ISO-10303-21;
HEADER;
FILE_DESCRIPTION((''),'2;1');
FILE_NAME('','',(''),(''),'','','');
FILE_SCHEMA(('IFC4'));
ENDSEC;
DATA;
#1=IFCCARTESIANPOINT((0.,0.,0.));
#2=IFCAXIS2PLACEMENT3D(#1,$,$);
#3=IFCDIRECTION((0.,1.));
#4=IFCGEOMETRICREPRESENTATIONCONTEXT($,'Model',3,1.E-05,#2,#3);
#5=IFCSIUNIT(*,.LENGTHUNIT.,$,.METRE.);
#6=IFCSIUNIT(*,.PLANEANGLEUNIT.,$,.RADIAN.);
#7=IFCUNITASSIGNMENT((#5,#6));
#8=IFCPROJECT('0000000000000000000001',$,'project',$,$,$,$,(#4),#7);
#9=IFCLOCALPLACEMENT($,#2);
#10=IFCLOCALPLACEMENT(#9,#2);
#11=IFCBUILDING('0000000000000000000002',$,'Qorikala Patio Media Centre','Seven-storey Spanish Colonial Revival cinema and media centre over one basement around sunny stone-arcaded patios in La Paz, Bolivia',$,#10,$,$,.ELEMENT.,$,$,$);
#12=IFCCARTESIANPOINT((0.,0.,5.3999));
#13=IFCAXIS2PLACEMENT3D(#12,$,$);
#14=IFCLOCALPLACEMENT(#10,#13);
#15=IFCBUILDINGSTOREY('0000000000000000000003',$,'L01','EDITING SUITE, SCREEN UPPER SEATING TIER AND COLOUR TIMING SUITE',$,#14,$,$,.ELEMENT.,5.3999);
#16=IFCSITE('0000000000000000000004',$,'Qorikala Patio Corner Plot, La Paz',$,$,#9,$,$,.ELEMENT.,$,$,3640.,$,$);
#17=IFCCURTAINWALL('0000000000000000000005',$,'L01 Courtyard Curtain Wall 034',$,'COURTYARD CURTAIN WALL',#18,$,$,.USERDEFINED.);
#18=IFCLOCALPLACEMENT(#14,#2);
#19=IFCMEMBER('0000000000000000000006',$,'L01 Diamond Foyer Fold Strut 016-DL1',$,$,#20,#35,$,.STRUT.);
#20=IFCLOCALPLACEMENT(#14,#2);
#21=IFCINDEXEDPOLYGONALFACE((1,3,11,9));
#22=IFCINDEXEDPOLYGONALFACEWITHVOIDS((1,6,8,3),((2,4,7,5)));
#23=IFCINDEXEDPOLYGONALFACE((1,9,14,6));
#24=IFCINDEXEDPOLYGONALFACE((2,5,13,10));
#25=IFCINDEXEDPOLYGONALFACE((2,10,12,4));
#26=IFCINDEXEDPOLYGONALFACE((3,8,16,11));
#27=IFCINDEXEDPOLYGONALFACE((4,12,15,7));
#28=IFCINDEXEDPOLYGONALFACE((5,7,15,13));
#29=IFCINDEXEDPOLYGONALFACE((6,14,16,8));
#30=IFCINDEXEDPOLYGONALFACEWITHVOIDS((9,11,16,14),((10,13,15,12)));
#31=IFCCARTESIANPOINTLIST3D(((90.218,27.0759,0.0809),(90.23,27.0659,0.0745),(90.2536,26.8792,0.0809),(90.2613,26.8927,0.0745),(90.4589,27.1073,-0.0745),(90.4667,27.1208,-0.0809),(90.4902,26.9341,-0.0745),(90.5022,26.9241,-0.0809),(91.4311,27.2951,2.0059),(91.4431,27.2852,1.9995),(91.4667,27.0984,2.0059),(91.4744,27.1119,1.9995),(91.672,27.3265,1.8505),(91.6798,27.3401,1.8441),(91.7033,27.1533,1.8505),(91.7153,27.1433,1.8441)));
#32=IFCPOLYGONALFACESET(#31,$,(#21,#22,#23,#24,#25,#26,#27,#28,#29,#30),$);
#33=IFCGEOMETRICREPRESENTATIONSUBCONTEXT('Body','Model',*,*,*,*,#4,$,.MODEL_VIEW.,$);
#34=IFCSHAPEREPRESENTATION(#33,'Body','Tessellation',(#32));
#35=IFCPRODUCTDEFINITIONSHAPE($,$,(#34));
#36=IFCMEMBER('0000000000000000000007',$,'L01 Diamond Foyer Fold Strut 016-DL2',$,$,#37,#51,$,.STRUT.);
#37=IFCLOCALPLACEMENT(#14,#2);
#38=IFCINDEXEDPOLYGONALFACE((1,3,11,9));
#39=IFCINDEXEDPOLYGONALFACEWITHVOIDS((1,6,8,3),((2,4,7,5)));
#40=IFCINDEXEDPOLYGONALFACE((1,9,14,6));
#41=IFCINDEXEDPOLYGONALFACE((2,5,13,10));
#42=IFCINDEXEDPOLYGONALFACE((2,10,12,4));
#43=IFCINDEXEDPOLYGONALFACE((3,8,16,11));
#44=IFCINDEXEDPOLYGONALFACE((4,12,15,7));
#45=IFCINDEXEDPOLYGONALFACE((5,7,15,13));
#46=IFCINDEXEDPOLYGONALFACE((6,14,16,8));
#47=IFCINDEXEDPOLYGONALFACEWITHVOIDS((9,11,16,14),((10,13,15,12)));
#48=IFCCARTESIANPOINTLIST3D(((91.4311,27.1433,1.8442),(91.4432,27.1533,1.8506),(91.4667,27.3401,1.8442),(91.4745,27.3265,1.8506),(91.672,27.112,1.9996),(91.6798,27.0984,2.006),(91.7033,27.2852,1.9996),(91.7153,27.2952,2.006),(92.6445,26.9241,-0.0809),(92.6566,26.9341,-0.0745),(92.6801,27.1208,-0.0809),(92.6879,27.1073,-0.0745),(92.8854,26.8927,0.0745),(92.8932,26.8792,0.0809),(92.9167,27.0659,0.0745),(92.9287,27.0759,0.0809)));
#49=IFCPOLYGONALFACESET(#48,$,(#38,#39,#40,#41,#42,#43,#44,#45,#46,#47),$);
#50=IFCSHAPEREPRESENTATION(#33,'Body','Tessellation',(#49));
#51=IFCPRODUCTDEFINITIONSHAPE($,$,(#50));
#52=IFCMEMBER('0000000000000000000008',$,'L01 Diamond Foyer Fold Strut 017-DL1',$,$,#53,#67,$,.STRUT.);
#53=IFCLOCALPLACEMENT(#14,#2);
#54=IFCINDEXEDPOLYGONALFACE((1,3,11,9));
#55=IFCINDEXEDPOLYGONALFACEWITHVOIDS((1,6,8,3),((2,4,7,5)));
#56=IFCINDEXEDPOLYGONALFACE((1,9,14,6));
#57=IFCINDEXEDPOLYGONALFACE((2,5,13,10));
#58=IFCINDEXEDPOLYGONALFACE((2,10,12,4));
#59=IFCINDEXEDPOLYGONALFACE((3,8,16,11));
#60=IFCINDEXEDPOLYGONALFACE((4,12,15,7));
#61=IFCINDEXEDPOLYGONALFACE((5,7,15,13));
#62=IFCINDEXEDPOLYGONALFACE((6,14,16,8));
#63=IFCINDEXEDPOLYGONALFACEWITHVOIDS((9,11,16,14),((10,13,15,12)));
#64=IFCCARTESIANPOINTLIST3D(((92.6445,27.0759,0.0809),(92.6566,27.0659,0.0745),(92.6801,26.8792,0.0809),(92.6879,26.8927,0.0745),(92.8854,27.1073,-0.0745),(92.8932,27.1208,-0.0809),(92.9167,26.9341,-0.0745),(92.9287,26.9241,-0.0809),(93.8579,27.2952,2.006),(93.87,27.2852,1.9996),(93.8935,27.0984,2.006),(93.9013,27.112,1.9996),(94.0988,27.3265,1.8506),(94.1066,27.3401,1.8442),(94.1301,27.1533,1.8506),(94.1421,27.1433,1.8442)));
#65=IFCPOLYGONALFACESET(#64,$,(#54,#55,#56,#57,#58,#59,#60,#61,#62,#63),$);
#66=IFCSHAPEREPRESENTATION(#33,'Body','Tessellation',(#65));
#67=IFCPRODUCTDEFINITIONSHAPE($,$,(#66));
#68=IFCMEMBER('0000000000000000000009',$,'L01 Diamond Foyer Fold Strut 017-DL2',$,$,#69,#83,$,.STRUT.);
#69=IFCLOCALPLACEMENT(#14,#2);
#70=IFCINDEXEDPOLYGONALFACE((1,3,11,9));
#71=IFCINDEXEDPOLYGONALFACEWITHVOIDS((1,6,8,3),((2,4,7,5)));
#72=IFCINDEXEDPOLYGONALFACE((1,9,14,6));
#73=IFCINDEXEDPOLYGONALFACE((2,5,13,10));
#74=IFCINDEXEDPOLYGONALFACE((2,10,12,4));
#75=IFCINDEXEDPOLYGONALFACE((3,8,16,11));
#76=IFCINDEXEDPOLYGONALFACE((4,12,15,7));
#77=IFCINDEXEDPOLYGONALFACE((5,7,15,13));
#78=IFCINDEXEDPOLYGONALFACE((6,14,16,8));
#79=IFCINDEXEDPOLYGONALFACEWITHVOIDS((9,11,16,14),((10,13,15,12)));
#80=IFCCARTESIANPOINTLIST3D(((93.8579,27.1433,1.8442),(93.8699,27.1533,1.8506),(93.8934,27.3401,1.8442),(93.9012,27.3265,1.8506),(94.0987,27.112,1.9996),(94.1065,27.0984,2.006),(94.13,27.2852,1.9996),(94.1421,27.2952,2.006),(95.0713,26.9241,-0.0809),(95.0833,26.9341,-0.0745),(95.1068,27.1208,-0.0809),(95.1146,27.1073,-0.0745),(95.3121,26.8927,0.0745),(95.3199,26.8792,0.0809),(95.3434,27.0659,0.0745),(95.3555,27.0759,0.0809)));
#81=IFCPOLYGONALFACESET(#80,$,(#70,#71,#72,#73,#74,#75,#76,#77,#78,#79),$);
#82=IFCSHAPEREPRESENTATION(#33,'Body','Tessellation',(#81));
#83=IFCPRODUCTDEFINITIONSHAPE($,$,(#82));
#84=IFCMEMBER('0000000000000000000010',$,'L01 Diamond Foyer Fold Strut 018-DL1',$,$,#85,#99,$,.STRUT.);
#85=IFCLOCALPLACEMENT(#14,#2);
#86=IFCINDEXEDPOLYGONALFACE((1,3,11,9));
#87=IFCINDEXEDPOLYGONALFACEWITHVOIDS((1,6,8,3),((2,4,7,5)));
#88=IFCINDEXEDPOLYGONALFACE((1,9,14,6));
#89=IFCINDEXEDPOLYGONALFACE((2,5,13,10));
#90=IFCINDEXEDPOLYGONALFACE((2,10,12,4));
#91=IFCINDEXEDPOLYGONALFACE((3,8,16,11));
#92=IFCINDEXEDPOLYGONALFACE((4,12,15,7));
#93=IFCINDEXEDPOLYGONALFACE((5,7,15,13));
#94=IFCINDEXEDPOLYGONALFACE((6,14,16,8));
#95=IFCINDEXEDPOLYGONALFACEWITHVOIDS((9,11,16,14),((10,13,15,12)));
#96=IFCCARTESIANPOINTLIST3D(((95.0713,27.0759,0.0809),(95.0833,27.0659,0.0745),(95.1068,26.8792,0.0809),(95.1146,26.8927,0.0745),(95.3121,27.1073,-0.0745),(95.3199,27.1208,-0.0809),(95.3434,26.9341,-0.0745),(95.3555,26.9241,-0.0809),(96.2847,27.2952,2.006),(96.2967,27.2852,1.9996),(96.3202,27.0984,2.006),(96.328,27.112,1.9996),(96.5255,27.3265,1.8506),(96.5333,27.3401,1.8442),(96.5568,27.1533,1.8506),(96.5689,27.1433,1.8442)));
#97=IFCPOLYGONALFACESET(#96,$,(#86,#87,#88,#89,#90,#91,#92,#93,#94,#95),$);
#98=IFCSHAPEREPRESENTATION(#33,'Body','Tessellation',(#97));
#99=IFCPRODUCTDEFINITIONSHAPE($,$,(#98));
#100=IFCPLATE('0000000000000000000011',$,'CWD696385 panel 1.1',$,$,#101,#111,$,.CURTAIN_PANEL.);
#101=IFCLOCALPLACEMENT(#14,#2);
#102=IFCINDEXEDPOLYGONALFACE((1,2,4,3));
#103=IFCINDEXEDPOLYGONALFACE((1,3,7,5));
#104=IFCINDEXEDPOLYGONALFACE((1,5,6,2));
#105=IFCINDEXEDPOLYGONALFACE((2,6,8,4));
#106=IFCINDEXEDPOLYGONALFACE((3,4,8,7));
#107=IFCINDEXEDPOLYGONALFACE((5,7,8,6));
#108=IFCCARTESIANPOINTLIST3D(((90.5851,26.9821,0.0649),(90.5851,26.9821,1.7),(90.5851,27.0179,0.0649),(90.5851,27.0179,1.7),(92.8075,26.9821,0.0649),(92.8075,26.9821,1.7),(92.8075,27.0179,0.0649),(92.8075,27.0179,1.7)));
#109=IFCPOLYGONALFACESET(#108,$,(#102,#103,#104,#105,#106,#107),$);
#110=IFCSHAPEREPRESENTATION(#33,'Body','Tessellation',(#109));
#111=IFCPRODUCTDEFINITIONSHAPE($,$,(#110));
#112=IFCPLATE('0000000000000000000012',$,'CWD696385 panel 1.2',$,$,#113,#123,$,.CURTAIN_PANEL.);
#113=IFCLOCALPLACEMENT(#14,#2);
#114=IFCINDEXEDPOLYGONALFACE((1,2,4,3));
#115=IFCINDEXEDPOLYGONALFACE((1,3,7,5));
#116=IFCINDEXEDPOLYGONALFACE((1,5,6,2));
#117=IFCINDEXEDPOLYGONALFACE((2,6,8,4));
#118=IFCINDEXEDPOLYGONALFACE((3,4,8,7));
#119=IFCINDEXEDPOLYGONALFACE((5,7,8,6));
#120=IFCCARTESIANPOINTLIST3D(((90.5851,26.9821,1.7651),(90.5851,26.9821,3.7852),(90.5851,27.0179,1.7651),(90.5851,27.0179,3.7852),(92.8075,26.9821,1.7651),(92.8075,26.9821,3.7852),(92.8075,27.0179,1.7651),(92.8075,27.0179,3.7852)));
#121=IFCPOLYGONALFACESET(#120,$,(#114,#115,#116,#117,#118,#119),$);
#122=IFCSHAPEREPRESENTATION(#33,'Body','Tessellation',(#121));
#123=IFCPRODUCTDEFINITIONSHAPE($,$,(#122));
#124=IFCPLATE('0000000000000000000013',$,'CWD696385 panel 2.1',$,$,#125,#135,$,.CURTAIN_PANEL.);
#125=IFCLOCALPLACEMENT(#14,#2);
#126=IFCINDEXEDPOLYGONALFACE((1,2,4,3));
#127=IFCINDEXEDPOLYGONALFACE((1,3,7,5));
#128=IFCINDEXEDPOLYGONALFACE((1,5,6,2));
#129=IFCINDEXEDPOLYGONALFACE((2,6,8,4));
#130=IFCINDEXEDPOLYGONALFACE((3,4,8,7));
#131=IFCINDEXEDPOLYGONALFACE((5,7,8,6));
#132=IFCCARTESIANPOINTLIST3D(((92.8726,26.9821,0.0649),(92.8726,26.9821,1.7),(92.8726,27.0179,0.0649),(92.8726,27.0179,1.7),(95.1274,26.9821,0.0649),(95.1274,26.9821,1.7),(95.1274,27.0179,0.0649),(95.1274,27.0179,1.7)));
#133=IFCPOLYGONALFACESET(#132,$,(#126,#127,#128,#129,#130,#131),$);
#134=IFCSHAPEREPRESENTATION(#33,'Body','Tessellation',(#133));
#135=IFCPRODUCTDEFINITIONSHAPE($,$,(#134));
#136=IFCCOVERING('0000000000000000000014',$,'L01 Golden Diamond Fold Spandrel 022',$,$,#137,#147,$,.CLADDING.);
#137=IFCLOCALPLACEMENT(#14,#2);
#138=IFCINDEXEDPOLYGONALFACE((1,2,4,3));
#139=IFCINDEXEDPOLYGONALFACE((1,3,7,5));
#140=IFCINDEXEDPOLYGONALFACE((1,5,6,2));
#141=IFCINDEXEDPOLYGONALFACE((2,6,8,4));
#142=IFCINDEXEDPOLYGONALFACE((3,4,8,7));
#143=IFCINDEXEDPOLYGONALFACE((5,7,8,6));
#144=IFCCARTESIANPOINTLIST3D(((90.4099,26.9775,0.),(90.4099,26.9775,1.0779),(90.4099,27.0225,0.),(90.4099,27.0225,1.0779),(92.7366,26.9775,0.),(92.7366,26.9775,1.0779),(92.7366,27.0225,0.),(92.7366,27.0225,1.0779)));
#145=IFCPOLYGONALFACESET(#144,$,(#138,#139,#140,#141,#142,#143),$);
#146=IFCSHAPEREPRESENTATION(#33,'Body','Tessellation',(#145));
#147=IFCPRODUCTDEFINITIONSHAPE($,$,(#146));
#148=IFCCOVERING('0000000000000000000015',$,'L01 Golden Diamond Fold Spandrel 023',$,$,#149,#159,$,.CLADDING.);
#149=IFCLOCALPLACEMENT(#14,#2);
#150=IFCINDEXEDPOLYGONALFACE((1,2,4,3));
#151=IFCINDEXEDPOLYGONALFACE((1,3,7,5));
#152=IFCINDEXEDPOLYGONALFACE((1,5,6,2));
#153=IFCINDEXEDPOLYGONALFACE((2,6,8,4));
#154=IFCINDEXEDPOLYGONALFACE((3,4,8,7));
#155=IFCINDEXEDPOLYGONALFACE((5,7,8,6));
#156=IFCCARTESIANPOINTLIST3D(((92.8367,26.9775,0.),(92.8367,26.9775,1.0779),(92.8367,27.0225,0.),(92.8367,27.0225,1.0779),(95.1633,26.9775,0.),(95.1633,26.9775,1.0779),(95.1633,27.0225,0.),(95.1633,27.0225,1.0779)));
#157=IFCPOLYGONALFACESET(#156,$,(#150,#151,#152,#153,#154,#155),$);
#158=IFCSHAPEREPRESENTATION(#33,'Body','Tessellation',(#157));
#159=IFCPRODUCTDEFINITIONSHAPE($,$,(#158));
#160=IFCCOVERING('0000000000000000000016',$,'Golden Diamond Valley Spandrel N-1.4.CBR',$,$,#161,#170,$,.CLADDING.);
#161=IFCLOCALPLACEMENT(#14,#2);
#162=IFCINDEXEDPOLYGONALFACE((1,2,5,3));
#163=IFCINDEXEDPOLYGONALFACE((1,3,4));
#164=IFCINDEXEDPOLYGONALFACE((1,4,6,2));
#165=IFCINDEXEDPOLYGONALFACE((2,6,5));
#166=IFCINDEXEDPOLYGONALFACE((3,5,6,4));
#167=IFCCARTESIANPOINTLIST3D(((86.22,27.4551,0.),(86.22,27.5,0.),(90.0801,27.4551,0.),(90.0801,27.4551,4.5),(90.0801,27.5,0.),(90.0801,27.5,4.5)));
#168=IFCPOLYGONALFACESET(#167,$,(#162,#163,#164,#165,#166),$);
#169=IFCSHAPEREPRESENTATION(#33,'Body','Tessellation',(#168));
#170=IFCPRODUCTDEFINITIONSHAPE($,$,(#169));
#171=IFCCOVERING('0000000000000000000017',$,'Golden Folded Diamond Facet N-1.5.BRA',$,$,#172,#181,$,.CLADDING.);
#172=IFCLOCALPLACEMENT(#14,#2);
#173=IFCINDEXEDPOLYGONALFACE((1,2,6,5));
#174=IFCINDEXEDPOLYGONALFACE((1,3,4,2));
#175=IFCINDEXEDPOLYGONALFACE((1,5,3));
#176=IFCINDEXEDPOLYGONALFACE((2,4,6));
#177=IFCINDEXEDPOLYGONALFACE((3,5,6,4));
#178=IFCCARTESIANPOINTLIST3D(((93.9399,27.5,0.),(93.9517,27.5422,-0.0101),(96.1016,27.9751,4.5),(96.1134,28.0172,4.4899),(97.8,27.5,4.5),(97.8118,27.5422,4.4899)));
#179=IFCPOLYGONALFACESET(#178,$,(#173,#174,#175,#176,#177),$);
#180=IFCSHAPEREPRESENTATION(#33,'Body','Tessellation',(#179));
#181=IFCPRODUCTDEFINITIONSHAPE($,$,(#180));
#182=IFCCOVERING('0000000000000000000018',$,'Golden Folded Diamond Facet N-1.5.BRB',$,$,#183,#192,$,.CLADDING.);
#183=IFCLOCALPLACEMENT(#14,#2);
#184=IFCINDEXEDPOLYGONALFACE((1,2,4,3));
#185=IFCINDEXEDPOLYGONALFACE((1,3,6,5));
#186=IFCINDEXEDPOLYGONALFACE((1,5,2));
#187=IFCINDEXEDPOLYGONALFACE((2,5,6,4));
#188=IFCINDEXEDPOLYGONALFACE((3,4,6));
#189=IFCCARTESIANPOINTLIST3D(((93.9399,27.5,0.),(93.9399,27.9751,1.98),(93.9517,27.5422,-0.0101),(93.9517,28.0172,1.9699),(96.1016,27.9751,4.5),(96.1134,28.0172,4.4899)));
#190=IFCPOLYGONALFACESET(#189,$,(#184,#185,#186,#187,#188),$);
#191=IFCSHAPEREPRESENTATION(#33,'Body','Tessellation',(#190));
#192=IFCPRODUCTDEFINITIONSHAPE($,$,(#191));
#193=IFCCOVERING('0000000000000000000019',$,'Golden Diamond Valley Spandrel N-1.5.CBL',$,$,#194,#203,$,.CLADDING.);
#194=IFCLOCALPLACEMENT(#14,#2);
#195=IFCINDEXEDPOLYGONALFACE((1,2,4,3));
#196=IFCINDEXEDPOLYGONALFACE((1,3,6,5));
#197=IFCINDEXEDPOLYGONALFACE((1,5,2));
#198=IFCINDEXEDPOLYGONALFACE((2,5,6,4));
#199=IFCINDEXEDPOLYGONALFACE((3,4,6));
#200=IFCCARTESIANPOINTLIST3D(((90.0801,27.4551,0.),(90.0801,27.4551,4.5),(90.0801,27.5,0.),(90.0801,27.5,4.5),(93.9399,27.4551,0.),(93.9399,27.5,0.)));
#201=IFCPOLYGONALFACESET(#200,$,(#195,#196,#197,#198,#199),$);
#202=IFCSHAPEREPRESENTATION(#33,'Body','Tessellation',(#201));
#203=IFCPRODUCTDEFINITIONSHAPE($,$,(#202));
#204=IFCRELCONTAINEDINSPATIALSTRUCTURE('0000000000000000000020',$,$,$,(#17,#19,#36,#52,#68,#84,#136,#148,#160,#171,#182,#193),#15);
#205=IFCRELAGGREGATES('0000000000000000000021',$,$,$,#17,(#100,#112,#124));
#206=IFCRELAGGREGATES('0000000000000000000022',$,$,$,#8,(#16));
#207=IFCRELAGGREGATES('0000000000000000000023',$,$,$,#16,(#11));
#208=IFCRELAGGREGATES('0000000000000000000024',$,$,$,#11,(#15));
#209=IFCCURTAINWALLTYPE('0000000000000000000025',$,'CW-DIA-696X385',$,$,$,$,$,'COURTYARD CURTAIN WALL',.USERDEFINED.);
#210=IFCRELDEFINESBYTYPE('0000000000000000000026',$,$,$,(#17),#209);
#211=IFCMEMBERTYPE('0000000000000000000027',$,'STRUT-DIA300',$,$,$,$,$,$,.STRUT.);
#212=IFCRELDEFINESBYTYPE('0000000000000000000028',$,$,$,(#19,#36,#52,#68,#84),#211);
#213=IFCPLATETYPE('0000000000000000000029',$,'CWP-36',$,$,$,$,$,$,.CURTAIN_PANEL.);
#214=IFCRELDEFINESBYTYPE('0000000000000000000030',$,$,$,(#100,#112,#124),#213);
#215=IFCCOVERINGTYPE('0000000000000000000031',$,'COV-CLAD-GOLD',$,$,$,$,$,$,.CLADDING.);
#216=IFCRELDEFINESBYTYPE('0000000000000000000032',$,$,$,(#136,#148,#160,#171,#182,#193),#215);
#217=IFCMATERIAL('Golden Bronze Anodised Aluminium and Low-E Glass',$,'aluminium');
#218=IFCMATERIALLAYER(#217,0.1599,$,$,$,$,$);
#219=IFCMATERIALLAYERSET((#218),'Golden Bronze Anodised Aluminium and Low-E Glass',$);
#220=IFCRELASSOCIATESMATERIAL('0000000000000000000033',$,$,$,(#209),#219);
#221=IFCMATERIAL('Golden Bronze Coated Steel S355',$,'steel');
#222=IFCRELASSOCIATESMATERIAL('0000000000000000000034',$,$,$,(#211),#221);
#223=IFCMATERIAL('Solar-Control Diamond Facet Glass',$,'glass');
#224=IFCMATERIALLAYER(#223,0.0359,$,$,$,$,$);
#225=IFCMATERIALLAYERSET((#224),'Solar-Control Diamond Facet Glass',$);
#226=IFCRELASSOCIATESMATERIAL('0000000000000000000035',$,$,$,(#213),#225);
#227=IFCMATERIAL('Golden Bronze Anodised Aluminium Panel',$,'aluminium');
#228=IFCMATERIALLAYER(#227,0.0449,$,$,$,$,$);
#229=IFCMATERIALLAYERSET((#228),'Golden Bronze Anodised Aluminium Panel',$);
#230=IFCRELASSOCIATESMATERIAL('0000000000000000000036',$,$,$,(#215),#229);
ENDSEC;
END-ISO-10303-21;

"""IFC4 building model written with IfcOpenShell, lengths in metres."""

from ifc_helpers import new_model, si_unit, direction, frame, origin, origin_2d, place, context, subcontext, project, spatial, polyline, rectangle, hollow_rectangle, outline, extrude, material, layer, layer_set, material_profile, profile_set, type_object, element, aggregate, save


model = new_model("IFC4")

# Units and contexts
model_context = context("Model", 3, precision=1e-05, world=origin(), true_north=direction((0.0, 1.0)))
body_context = subcontext(model_context, "Body", "Model", "MODEL_VIEW")
ifc_project = project(units=[si_unit("LENGTHUNIT", "METRE"), si_unit("PLANEANGLEUNIT", "RADIAN")], contexts=[model_context])

# Site, building, storey
site_placement = place(None, origin())
site = spatial("IfcSite", under=ifc_project, at=site_placement, Name="Qorikala Patio Corner Plot, La Paz", CompositionType="ELEMENT", RefElevation=3640.0)
building_placement = place(site_placement, origin())
building = spatial("IfcBuilding", under=site, at=building_placement, Name="Qorikala Patio Media Centre", Description="Seven-storey Spanish Colonial Revival cinema and media centre over one basement around sunny stone-arcaded patios in La Paz, Bolivia", CompositionType="ELEMENT")
storey_placement = place(building_placement, frame((0.0, 0.0, 5.3999)))
storey = spatial("IfcBuildingStorey", under=building, at=storey_placement, Name="L01", Description="EDITING SUITE, SCREEN UPPER SEATING TIER AND COLOUR TIMING SUITE", CompositionType="ELEMENT", Elevation=5.3999)

# Shared definitions
ifc_material_1 = material(Name="Golden Bronze Anodised Aluminium and Low-E Glass", Category="aluminium")
ifc_layer_1 = layer(ifc_material_1, 0.1599)
ifc_layer_set_1 = layer_set([ifc_layer_1], Name="Golden Bronze Anodised Aluminium and Low-E Glass")
curtain_wall_type = type_object("IfcCurtainWallType", Name="CW-DIA-696X385", ElementType="COURTYARD CURTAIN WALL", PredefinedType="USERDEFINED", material=ifc_layer_set_1)

# Curtain wall
curtain_wall_1_placement = place(storey_placement, origin())
curtain_wall_1 = element("IfcCurtainWall", 1, at=curtain_wall_1_placement, inside=storey, type_object=curtain_wall_type, Name="L01 Courtyard Curtain Wall 034", ObjectType="COURTYARD CURTAIN WALL", PredefinedType="USERDEFINED")

# Members
ifc_material_2 = material(Name="Golden Bronze Coated Steel S355", Category="steel")
ifc_material_profile_1 = material_profile(ifc_material_2, hollow_rectangle(XDim=0.2, YDim=0.3, WallThickness=0.012, at=origin_2d()), Name="HSS300X200X12")
ifc_profile_set_1 = profile_set([ifc_material_profile_1], Name="Golden Bronze Coated Steel S355")
member_type_1 = type_object("IfcMemberType", Name="STRUT-DIA300", PredefinedType="STRUT", material=ifc_profile_set_1)
for number, where, z_axis, x_axis, name in (
    (2, (90.3601, 27.0, 0.0), (0.530691, 0.095907, 0.842121), (-0.17784, 0.984059, 0.0), "L01 Diamond Foyer Fold Strut 016-DL1"),
):
    element("IfcMember", number, at=place(storey_placement, frame(where, z_axis=z_axis, x_axis=x_axis)), inside=storey, type_object=member_type_1, Name=name, PredefinedType="STRUT", context=body_context, shape_type="SweptSolid", body=[
        extrude(hollow_rectangle(XDim=0.2, YDim=0.3, WallThickness=0.012, at=origin_2d()), origin(), (0.0, 0.0, 1.0), 2.2859),
    ])
for number, where, z_axis, x_axis, name in (
    (3, (92.7866, 27.0, 0.0), (-0.530768, 0.095901, 0.842074), (-0.177805, -0.984066, 0.0), "L01 Diamond Foyer Fold Strut 016-DL2"),
    (4, (92.7866, 27.0, 0.0), (0.530768, 0.095901, 0.842074), (-0.177805, 0.984066, 0.0), "L01 Diamond Foyer Fold Strut 017-DL1"),
    (5, (95.2134, 27.0, 0.0), (-0.530768, 0.095901, 0.842074), (-0.177805, -0.984066, 0.0), "L01 Diamond Foyer Fold Strut 017-DL2"),
    (6, (95.2134, 27.0, 0.0), (0.530768, 0.095901, 0.842074), (-0.177805, 0.984066, 0.0), "L01 Diamond Foyer Fold Strut 018-DL1"),
):
    element("IfcMember", number, at=place(storey_placement, frame(where, z_axis=z_axis, x_axis=x_axis)), inside=storey, type_object=member_type_1, Name=name, PredefinedType="STRUT", context=body_context, shape_type="SweptSolid", body=[
        extrude(hollow_rectangle(XDim=0.2, YDim=0.3, WallThickness=0.012, at=origin_2d()), origin(), (0.0, 0.0, 1.0), 2.2861),
    ])

# Plates
ifc_material_3 = material(Name="Solar-Control Diamond Facet Glass", Category="glass")
ifc_layer_2 = layer(ifc_material_3, 0.0359)
ifc_layer_set_2 = layer_set([ifc_layer_2], Name="Solar-Control Diamond Facet Glass")
plate_type = type_object("IfcPlateType", Name="CWP-36", PredefinedType="CURTAIN_PANEL", material=ifc_layer_set_2)
plate_1_placement = place(storey_placement, frame((91.6963, 27.0, 0.0649), z_axis=(0.0, 0.0, 1.0), x_axis=(1.0, 0.0, 0.0)))
plate_1 = element("IfcPlate", 7, at=plate_1_placement, type_object=plate_type, Name="CWD696385 panel 1.1", PredefinedType="CURTAIN_PANEL", context=body_context, shape_type="SweptSolid", body=[
    extrude(rectangle(XDim=2.2224, YDim=0.0359, at=origin_2d()), origin(), (0.0, 0.0, 1.0), 1.635),
])
plate_2_placement = place(storey_placement, frame((91.6963, 27.0, 1.7651), z_axis=(0.0, 0.0, 1.0), x_axis=(1.0, 0.0, 0.0)))
plate_2 = element("IfcPlate", 8, at=plate_2_placement, type_object=plate_type, Name="CWD696385 panel 1.2", PredefinedType="CURTAIN_PANEL", context=body_context, shape_type="SweptSolid", body=[
    extrude(rectangle(XDim=2.2224, YDim=0.0359, at=origin_2d()), origin(), (0.0, 0.0, 1.0), 2.02),
])
plate_3_placement = place(storey_placement, frame((94.0, 27.0, 0.0649), z_axis=(0.0, 0.0, 1.0), x_axis=(1.0, 0.0, 0.0)))
plate_3 = element("IfcPlate", 9, at=plate_3_placement, type_object=plate_type, Name="CWD696385 panel 2.1", PredefinedType="CURTAIN_PANEL", context=body_context, shape_type="SweptSolid", body=[
    extrude(rectangle(XDim=2.2549, YDim=0.0359, at=origin_2d()), origin(), (0.0, 0.0, 1.0), 1.635),
])
aggregate(curtain_wall_1, [plate_1, plate_2, plate_3])

# Coverings
ifc_material_4 = material(Name="Golden Bronze Anodised Aluminium Panel", Category="aluminium")
ifc_layer_3 = layer(ifc_material_4, 0.0449)
ifc_layer_set_3 = layer_set([ifc_layer_3], Name="Golden Bronze Anodised Aluminium Panel")
covering_type = type_object("IfcCoveringType", Name="COV-CLAD-GOLD", PredefinedType="CLADDING", material=ifc_layer_set_3)
for number, where, z_axis, x_axis, name in (
    (10, (91.5732, 27.0, 0.0), (0.0, 0.0, 1.0), (1.0, 0.0, 0.0), "L01 Golden Diamond Fold Spandrel 022"),
    (11, (94.0, 27.0, 0.0), (0.0, 0.0, 1.0), (1.0, 0.0, 0.0), "L01 Golden Diamond Fold Spandrel 023"),
):
    element("IfcCovering", number, at=place(storey_placement, frame(where, z_axis=z_axis, x_axis=x_axis)), inside=storey, type_object=covering_type, Name=name, PredefinedType="CLADDING", context=body_context, shape_type="SweptSolid", body=[
        extrude(rectangle(XDim=2.3267, YDim=0.0449, at=origin_2d()), origin(), (0.0, 0.0, 1.0), 1.0779),
    ])
covering_1_placement = place(storey_placement, frame((90.0801, 27.5, 0.0), z_axis=(0.0, 1.0, 0.0), x_axis=(-1.0, 0.0, 0.0)))
element("IfcCovering", 12, at=covering_1_placement, inside=storey, type_object=covering_type, Name="Golden Diamond Valley Spandrel N-1.4.CBR", PredefinedType="CLADDING", context=body_context, shape_type="SweptSolid", body=[
    extrude(outline(polyline([(0.0, 0.0), (3.8601, 0.0), (0.0, 4.5), (0.0, 0.0)])), origin(), (0.0, 0.0, -1.0), 0.0449),
])
covering_2_placement = place(storey_placement, frame((93.9399, 27.5, 0.0), z_axis=(-0.262462, -0.93831, 0.225141), x_axis=(0.65108, 0.0, 0.759009)))
element("IfcCovering", 13, at=covering_2_placement, inside=storey, type_object=covering_type, Name="Golden Folded Diamond Facet N-1.5.BRA", PredefinedType="CLADDING", context=body_context, shape_type="SweptSolid", body=[
    extrude(outline(polyline([(0.0, 0.0), (5.9288, 0.0), (4.8229, 1.3739), (0.0, 0.0)])), origin(), (0.0, 0.0, -1.0), 0.0449),
])
covering_3_placement = place(storey_placement, frame((93.9399, 27.5, 0.0), z_axis=(-0.262476, -0.938304, 0.225147), x_axis=(0.431047, 0.094739, 0.897342)))
element("IfcCovering", 14, at=covering_3_placement, inside=storey, type_object=covering_type, Name="Golden Folded Diamond Facet N-1.5.BRB", PredefinedType="CLADDING", context=body_context, shape_type="SweptSolid", body=[
    extrude(outline(polyline([(0.0, 0.0), (5.0148, 0.0), (1.8217, 0.9096), (0.0, 0.0)])), origin(), (0.0, 0.0, -1.0), 0.0449),
])
covering_4_placement = place(storey_placement, frame((90.0801, 27.5, 0.0), z_axis=(0.0, 1.0, 0.0), x_axis=(0.0, 0.0, 1.0)))
element("IfcCovering", 15, at=covering_4_placement, inside=storey, type_object=covering_type, Name="Golden Diamond Valley Spandrel N-1.5.CBL", PredefinedType="CLADDING", context=body_context, shape_type="SweptSolid", body=[
    extrude(outline(polyline([(0.0, 0.0), (4.5, 0.0), (0.0, 3.8599), (0.0, 0.0)])), origin(), (0.0, 0.0, -1.0), 0.0449),
])

save(model, "model.ifc")
